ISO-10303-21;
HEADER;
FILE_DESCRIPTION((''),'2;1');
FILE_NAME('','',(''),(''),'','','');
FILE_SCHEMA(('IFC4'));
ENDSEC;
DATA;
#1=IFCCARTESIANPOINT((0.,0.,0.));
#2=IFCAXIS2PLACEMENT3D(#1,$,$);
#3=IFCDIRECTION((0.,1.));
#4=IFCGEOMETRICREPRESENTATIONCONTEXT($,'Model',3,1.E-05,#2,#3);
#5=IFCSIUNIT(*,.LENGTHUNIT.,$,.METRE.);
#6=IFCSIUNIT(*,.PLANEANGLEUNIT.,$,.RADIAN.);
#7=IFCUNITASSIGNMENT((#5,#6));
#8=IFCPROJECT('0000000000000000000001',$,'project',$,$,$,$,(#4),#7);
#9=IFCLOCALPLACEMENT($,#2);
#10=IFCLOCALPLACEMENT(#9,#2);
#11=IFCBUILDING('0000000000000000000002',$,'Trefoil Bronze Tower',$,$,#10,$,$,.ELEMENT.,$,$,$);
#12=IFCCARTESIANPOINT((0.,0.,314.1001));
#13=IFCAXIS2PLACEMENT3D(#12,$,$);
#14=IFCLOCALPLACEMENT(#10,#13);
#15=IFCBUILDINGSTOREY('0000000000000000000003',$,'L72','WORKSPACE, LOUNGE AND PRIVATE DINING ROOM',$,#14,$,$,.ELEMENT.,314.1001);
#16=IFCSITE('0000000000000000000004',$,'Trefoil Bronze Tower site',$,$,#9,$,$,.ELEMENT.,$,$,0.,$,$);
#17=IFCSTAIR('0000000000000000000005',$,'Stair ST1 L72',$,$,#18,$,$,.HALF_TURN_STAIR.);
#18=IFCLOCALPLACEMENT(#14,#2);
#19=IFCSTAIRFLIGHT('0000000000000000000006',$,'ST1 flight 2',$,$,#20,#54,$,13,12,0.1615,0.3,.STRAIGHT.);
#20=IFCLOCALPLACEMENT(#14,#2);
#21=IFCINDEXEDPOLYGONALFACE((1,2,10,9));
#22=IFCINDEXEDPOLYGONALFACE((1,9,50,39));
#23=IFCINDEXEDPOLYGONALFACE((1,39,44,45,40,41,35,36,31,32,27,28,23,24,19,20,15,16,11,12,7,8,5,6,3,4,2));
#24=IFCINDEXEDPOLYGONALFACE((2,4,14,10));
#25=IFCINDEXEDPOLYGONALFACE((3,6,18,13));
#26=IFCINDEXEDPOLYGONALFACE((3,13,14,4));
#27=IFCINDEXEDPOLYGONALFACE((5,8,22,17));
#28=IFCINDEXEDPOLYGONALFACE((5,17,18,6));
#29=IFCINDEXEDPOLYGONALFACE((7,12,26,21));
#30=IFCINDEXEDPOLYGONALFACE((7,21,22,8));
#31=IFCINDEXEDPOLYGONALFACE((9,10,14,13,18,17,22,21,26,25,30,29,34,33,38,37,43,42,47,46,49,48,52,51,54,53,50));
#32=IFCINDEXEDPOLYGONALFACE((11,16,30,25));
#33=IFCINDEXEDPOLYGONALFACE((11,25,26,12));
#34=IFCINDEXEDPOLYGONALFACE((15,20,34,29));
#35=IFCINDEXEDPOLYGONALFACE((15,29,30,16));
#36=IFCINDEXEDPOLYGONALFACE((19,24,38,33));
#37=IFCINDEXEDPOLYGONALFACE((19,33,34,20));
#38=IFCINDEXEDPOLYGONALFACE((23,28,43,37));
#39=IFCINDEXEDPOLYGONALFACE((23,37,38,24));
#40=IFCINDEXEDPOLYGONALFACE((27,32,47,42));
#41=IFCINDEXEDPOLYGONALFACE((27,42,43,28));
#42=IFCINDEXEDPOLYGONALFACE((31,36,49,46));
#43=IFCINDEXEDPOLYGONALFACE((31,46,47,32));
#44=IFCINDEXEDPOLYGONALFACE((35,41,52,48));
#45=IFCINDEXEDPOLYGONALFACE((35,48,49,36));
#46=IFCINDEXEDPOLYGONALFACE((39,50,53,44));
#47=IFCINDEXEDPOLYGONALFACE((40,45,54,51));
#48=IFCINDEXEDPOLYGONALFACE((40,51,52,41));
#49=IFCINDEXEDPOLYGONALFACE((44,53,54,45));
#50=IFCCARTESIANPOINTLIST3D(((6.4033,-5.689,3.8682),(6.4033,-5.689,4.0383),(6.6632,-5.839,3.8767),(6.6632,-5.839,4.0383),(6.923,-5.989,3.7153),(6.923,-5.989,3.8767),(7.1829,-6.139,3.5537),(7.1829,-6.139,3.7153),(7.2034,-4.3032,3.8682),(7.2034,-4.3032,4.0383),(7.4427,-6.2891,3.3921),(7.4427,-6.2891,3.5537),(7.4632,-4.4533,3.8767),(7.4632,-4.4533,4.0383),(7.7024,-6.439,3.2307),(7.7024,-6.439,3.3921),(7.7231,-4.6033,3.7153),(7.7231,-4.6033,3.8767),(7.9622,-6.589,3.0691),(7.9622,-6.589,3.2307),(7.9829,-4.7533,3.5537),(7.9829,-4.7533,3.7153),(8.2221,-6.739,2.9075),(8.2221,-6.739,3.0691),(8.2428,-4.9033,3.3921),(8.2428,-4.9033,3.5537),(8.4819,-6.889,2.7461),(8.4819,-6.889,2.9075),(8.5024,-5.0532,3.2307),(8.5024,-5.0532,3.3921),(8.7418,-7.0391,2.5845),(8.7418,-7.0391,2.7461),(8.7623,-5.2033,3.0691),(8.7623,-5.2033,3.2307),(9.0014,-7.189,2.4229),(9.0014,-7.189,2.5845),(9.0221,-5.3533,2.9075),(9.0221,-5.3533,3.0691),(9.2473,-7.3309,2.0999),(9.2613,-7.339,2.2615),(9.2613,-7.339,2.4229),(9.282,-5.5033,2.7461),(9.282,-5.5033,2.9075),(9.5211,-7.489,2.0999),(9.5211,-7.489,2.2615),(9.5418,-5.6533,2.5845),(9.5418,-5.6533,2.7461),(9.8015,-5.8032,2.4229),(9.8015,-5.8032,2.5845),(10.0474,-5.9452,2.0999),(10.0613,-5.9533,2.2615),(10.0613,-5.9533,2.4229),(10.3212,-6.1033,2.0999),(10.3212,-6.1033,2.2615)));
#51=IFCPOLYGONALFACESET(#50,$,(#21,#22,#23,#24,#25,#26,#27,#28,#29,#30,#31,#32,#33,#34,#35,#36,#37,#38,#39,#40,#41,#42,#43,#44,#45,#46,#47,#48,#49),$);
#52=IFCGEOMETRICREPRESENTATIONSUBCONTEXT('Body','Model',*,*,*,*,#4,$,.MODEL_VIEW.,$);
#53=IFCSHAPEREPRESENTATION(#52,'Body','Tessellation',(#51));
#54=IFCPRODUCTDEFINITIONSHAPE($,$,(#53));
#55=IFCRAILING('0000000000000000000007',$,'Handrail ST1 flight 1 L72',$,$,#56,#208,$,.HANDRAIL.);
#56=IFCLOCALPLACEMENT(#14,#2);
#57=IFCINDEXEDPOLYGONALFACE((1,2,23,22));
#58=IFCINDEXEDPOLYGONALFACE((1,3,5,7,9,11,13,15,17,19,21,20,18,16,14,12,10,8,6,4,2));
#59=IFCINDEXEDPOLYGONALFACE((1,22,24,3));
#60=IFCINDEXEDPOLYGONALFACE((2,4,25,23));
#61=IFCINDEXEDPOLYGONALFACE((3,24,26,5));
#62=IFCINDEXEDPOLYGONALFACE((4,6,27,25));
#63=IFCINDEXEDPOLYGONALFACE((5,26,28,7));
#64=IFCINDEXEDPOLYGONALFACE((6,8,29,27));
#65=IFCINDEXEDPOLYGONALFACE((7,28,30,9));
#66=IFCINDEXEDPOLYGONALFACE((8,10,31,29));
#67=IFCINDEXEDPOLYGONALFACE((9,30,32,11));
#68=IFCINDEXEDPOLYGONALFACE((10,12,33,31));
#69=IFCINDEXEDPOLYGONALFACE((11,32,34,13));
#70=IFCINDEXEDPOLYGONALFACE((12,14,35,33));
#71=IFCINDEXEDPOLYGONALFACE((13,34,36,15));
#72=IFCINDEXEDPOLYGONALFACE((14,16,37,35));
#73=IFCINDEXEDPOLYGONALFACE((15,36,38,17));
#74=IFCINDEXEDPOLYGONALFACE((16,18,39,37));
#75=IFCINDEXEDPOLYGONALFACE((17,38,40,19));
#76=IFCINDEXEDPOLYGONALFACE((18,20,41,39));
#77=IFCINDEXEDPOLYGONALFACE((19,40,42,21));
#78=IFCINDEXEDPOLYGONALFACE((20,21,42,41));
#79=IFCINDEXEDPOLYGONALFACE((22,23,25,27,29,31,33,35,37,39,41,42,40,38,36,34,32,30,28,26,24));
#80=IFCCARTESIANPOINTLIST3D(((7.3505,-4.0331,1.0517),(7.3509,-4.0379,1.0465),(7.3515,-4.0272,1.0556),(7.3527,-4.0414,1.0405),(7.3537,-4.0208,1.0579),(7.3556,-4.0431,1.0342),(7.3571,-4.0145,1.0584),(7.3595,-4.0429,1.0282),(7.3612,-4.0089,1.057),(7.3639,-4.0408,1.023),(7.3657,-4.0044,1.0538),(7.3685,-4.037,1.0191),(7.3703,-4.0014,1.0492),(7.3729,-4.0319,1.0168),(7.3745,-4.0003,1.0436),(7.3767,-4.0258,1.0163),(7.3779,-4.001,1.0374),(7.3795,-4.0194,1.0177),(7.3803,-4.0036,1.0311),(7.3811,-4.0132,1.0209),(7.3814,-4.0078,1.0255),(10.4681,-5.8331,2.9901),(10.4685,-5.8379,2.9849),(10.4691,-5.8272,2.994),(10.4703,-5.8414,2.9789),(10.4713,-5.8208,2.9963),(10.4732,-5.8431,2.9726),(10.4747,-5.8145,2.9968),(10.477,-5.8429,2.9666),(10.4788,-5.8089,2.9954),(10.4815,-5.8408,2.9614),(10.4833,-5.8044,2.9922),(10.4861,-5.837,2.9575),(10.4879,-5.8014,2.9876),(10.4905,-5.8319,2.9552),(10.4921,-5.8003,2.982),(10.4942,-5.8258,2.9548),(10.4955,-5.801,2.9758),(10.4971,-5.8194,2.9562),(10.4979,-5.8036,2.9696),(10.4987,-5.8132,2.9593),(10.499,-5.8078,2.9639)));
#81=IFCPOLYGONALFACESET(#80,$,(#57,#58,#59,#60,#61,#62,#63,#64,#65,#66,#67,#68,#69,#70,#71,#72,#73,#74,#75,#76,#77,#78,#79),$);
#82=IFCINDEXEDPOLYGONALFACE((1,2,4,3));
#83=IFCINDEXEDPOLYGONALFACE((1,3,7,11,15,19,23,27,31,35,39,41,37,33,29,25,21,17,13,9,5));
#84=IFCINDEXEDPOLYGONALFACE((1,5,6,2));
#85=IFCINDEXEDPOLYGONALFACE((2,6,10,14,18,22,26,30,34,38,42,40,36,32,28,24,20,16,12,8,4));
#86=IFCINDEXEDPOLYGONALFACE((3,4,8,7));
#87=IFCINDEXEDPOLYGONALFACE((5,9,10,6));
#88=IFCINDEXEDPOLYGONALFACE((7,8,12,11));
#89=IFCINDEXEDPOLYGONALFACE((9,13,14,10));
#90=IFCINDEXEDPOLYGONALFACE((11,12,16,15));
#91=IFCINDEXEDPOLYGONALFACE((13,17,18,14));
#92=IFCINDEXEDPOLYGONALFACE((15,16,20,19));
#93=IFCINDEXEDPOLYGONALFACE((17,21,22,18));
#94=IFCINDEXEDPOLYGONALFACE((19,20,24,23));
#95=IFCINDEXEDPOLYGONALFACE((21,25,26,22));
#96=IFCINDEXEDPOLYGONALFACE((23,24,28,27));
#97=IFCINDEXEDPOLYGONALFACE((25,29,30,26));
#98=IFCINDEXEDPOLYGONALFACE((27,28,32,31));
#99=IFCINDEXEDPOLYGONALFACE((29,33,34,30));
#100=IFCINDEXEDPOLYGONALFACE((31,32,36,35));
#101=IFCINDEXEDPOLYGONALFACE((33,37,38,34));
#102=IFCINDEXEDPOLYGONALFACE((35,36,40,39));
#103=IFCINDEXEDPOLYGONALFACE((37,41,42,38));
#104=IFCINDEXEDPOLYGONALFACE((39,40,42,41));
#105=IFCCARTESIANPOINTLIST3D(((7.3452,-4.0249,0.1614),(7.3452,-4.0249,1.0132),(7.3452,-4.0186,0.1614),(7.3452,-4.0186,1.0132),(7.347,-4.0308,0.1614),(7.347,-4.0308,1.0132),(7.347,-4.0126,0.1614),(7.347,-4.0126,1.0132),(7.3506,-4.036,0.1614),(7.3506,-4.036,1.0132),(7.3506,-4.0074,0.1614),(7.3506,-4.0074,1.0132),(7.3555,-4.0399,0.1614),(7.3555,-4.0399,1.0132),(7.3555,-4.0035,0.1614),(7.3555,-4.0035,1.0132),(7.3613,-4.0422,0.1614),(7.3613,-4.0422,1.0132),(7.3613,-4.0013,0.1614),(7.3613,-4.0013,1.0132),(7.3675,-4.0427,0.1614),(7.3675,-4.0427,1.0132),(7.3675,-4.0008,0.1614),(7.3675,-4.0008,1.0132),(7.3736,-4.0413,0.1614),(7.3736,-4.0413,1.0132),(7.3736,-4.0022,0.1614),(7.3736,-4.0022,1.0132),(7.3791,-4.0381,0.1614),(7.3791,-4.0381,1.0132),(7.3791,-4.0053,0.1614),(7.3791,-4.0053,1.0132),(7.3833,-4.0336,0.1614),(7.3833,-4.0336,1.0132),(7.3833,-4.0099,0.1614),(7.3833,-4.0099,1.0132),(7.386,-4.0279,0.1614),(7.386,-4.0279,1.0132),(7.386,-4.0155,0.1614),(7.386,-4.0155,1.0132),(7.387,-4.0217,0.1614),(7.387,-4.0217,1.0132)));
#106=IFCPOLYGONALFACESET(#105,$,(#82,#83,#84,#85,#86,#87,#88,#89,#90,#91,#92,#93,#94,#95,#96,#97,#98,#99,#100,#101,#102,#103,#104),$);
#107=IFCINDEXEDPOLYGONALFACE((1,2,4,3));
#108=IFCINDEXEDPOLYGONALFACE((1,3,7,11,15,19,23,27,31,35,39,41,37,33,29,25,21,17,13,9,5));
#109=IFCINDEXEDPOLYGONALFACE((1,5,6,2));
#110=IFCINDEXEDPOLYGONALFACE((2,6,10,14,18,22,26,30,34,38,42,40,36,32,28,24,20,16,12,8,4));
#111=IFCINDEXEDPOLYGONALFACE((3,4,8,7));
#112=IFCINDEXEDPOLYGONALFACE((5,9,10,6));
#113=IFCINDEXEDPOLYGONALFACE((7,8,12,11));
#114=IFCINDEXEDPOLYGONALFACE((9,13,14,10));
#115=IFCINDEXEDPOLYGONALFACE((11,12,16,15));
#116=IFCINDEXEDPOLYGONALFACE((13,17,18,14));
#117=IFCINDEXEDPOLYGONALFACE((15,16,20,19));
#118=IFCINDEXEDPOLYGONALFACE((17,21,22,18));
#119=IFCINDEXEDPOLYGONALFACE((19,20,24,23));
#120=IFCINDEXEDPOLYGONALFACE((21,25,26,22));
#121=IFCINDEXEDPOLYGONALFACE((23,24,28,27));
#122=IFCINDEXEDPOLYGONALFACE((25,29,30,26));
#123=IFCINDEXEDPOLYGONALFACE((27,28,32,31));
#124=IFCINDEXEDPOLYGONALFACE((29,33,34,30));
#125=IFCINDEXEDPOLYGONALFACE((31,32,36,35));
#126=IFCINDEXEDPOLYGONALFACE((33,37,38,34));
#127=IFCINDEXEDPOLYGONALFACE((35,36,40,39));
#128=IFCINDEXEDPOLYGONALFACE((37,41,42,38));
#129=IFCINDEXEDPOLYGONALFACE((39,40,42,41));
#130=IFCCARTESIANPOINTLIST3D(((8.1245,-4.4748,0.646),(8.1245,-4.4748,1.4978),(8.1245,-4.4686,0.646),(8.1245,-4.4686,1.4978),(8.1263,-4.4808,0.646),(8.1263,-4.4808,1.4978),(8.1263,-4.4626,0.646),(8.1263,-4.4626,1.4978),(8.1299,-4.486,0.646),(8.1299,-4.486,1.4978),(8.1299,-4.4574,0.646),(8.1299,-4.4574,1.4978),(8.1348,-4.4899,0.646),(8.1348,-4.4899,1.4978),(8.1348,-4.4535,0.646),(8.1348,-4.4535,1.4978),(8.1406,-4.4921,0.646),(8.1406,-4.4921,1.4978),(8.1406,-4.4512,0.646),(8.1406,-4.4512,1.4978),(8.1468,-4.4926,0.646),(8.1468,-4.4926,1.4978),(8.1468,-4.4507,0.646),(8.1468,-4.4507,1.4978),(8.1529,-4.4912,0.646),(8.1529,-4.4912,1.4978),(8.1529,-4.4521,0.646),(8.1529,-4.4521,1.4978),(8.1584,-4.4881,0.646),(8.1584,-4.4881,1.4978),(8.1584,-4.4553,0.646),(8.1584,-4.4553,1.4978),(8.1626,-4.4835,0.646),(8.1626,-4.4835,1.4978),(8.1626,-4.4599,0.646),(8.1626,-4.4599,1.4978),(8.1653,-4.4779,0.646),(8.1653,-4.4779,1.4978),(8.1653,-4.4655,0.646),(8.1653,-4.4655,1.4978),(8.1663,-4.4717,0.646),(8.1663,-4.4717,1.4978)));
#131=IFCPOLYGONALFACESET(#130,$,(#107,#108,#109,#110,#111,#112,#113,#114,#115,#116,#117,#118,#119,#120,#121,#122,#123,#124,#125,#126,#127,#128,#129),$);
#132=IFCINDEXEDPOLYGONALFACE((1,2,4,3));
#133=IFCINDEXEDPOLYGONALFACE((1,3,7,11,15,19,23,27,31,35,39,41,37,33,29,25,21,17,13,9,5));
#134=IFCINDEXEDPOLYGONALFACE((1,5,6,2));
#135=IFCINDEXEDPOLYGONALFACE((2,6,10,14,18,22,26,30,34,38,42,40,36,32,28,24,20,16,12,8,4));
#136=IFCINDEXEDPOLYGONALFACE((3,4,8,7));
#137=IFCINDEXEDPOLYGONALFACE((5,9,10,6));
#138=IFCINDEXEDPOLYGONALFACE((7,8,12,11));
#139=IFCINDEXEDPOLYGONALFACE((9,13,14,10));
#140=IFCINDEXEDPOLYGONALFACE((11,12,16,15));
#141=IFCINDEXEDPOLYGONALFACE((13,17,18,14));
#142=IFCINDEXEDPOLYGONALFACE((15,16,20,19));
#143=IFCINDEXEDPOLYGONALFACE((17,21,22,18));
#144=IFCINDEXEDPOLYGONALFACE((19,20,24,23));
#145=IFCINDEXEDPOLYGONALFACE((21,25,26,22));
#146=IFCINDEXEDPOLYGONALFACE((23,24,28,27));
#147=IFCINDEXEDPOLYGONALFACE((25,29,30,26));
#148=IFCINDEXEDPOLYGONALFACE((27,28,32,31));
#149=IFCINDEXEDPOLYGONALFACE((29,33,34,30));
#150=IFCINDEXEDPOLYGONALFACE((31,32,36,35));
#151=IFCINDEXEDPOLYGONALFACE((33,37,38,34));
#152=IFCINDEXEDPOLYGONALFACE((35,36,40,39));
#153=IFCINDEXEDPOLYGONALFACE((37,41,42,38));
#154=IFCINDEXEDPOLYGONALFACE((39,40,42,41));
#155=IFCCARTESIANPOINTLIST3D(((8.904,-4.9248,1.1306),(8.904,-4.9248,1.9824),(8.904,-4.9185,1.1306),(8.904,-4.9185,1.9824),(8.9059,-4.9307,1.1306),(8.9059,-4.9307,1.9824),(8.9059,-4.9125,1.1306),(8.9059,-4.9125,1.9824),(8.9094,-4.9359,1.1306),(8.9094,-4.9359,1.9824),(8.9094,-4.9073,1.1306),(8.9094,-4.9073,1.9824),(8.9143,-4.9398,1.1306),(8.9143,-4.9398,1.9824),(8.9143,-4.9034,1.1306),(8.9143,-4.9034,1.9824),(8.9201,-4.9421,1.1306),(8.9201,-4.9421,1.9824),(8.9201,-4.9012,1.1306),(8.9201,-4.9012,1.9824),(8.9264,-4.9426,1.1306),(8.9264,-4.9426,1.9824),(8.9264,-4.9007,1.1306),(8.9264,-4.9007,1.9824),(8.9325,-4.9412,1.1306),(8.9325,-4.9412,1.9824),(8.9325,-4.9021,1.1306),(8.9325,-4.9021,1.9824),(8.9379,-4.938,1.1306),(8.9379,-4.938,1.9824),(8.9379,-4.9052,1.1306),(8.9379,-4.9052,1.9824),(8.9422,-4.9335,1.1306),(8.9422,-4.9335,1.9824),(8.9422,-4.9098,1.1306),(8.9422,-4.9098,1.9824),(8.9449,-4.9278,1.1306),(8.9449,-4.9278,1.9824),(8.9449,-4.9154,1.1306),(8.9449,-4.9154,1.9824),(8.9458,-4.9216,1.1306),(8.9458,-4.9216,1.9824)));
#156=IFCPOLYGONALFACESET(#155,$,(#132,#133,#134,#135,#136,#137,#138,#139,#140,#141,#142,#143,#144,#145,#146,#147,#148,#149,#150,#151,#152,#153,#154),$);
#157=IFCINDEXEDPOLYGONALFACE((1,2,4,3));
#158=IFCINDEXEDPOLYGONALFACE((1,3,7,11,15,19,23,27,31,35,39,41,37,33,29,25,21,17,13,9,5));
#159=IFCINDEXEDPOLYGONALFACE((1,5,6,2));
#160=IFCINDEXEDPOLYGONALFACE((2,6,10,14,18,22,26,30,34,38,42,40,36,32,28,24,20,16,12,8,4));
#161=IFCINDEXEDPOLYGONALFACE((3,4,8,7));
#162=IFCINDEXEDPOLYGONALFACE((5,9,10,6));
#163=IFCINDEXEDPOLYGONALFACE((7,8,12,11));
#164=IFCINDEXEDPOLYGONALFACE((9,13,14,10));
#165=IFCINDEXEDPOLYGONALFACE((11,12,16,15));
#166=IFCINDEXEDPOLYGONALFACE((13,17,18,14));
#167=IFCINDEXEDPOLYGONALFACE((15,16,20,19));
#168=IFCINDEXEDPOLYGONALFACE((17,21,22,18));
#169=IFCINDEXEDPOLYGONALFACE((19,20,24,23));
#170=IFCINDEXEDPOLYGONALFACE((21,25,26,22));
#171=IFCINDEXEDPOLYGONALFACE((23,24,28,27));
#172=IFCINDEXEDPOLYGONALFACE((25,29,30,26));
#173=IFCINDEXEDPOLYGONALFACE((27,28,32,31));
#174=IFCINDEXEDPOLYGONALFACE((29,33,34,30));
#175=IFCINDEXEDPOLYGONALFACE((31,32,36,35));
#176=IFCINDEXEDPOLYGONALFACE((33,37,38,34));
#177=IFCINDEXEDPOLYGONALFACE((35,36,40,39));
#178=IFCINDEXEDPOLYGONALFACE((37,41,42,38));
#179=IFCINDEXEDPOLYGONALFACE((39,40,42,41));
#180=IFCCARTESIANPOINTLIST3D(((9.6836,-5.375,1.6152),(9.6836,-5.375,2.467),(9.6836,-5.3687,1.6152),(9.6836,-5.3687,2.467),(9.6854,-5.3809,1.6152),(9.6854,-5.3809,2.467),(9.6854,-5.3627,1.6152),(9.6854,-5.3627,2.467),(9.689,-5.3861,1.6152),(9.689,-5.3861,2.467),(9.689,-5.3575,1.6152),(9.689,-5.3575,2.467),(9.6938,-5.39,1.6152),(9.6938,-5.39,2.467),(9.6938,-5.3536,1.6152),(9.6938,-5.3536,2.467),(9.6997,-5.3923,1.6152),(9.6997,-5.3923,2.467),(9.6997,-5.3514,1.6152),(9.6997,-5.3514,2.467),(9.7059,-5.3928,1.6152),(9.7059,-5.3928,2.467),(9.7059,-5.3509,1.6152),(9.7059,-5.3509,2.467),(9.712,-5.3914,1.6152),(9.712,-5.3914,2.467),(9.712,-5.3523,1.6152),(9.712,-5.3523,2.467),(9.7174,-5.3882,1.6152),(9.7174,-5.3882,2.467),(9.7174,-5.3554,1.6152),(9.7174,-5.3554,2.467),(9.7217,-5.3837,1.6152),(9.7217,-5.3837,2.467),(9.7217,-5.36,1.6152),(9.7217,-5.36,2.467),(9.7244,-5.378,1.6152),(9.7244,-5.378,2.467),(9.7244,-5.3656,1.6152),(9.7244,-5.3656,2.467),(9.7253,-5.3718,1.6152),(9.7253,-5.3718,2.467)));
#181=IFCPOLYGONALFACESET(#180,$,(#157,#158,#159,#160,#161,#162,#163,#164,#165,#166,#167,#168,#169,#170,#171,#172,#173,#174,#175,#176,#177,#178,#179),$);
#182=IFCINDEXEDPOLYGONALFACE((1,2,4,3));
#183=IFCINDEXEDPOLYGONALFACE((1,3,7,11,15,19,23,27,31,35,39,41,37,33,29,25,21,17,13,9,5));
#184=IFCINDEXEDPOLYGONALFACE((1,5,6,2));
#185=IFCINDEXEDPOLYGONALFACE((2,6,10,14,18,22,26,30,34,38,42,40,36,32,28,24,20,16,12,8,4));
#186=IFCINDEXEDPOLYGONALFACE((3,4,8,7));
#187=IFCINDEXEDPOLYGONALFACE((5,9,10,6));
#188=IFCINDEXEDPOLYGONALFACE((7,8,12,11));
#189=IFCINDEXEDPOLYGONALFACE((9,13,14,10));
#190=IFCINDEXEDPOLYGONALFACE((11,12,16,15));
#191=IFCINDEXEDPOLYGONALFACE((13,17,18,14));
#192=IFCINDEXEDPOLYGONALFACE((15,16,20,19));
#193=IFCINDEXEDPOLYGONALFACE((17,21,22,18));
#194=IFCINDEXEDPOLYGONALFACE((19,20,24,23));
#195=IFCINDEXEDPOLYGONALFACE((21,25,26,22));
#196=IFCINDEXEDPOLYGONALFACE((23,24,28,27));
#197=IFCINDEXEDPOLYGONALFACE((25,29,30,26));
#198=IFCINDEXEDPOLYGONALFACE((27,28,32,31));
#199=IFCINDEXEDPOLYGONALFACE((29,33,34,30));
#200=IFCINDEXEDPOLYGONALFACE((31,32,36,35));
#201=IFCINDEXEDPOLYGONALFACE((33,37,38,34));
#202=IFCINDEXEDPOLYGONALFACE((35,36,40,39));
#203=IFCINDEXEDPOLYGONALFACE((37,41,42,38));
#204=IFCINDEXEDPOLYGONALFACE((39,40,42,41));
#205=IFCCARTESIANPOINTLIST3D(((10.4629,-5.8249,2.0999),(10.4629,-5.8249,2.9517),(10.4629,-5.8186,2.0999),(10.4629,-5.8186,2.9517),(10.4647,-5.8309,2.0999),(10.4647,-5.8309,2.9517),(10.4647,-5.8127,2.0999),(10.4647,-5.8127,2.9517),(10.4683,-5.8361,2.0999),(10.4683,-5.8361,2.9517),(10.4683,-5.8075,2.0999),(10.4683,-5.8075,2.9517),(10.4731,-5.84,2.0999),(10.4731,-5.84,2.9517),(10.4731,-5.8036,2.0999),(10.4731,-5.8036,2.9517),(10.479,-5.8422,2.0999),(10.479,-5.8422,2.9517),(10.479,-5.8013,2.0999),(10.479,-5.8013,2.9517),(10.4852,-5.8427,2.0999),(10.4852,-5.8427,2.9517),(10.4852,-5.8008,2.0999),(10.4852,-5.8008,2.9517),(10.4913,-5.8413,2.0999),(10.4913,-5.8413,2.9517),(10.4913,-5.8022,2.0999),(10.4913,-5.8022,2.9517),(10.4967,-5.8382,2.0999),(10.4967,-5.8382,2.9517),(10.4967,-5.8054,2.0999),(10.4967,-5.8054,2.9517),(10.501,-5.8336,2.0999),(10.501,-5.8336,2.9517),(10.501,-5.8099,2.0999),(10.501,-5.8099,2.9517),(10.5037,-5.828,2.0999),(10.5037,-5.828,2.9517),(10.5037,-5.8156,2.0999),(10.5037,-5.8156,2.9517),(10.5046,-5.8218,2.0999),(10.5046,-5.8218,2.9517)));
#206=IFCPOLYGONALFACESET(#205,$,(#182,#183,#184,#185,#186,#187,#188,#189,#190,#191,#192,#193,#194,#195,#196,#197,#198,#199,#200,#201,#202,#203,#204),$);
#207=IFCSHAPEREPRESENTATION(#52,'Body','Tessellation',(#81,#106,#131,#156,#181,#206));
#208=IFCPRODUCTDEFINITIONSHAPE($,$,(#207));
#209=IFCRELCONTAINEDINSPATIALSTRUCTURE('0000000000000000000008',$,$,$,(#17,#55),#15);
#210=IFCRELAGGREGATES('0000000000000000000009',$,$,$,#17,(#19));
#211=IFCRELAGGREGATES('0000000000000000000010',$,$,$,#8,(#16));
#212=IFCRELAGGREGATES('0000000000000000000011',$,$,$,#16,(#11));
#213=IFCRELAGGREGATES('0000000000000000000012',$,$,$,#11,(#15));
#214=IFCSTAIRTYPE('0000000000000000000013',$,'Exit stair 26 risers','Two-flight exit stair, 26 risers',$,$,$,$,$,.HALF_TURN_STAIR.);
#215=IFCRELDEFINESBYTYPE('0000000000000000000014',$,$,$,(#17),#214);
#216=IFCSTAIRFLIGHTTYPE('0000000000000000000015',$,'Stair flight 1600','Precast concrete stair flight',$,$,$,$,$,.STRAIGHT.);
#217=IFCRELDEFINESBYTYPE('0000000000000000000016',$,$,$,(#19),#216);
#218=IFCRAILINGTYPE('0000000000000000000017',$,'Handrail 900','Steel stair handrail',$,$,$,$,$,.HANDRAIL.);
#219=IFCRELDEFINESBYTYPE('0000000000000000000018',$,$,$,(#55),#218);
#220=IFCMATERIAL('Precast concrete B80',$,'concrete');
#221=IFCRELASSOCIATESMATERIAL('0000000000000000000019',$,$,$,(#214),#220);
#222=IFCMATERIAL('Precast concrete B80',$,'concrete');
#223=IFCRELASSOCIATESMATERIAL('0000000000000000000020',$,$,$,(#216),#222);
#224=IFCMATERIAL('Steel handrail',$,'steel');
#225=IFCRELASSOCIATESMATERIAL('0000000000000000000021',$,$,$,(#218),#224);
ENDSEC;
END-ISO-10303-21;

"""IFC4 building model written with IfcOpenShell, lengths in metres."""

from ifc_helpers import new_model, si_unit, direction, frame, origin, origin_2d, place, context, subcontext, project, spatial, polyline, circle, outline, extrude, material, type_object, element, aggregate, save


model = new_model("IFC4")

# Units and contexts
model_context = context("Model", 3, precision=1e-05, world=origin(), true_north=direction((0.0, 1.0)))
body_context = subcontext(model_context, "Body", "Model", "MODEL_VIEW")
ifc_project = project(units=[si_unit("LENGTHUNIT", "METRE"), si_unit("PLANEANGLEUNIT", "RADIAN")], contexts=[model_context])

# Site, building, storey
site_placement = place(None, origin())
site = spatial("IfcSite", under=ifc_project, at=site_placement, Name="Trefoil Bronze Tower site", CompositionType="ELEMENT", RefElevation=0.0)
building_placement = place(site_placement, origin())
building = spatial("IfcBuilding", under=site, at=building_placement, Name="Trefoil Bronze Tower", CompositionType="ELEMENT")
storey_placement = place(building_placement, frame((0.0, 0.0, 314.1001)))
storey = spatial("IfcBuildingStorey", under=building, at=storey_placement, Name="L72", Description="WORKSPACE, LOUNGE AND PRIVATE DINING ROOM", CompositionType="ELEMENT", Elevation=314.1001)

# Stair
ifc_material_1 = material(Name="Precast concrete B80", Category="concrete")
stair_type = type_object("IfcStairType", Name="Exit stair 26 risers", Description="Two-flight exit stair, 26 risers", PredefinedType="HALF_TURN_STAIR", material=ifc_material_1)
stair_1_placement = place(storey_placement, origin())
stair_1 = element("IfcStair", 1, at=stair_1_placement, inside=storey, type_object=stair_type, Name="Stair ST1 L72", PredefinedType="HALF_TURN_STAIR")

# Stair flight
ifc_material_2 = material(Name="Precast concrete B80", Category="concrete")
stair_flight_type = type_object("IfcStairFlightType", Name="Stair flight 1600", Description="Precast concrete stair flight", PredefinedType="STRAIGHT", material=ifc_material_2)
stair_flight_1_placement = place(storey_placement, frame((9.9211, -6.7961, 2.0999), z_axis=(0.0, 0.0, 1.0), x_axis=(-0.866025, 0.5, 0.0)))
stair_flight_1 = element("IfcStairFlight", 2, at=stair_flight_1_placement, type_object=stair_flight_type, Name="ST1 flight 2", NumberOfRisers=13, NumberOfTreads=12, PredefinedType="STRAIGHT", RiserHeight=0.1615, TreadLength=0.3, context=body_context, shape_type="SweptSolid", body=[
    extrude(outline(polyline([(0.0, 0.0), (0.0, 0.1616), (0.3, 0.1616), (0.3, 0.323), (0.6001, 0.323), (0.6001, 0.4846), (0.8999, 0.4846), (0.8999, 0.6462), (1.2, 0.6462), (1.2, 0.8076), (1.5, 0.8076), (1.5, 0.9692), (1.8, 0.9692), (1.8, 1.1309), (2.1001, 1.1309), (2.1001, 1.2922), (2.3999, 1.2922), (2.3999, 1.4539), (2.7, 1.4539), (2.7, 1.6155), (3.0, 1.6155), (3.0, 1.7769), (3.3, 1.7769), (3.3, 1.9385), (3.6001, 1.9385), (3.6001, 2.1001), (3.6001, 1.7683), (0.3162, 0.0), (0.0, 0.0)])), frame((0.0, 0.8, 0.0), z_axis=(0.0, -1.0, 0.0), x_axis=(1.0, 0.0, 0.0)), (0.0, 0.0, 1.0), 1.6001),
])
aggregate(stair_1, [stair_flight_1])

# Railing
ifc_material_3 = material(Name="Steel handrail", Category="steel")
railing_type = type_object("IfcRailingType", Name="Handrail 900", Description="Steel stair handrail", PredefinedType="HANDRAIL", material=ifc_material_3)
railing_1_placement = place(storey_placement, frame((7.366, -4.0217, 0.1614)))
element("IfcRailing", 3, at=railing_1_placement, inside=storey, type_object=railing_type, Name="Handrail ST1 flight 1 L72", PredefinedType="HANDRAIL", context=body_context, shape_type="SweptSolid", body=[
    extrude(circle(Radius=0.0239, at=origin_2d()), frame((0.0, 0.0, 0.876), z_axis=(0.762503, -0.440246, 0.474102), x_axis=(0.500012, 0.866018, 0.0)), (0.0, 0.0, 1.0), 4.0886),
    extrude(circle(Radius=0.021, at=origin_2d()), origin(), (0.0, 0.0, 1.0), 0.8518),
    extrude(circle(Radius=0.021, at=origin_2d()), frame((0.7793, -0.45, 0.4846)), (0.0, 0.0, 1.0), 0.8518),
    extrude(circle(Radius=0.021, at=origin_2d()), frame((1.5588, -0.8999, 0.9692)), (0.0, 0.0, 1.0), 0.8518),
    extrude(circle(Radius=0.021, at=origin_2d()), frame((2.3384, -1.3501, 1.4539)), (0.0, 0.0, 1.0), 0.8518),
    extrude(circle(Radius=0.021, at=origin_2d()), frame((3.1177, -1.8, 1.9385)), (0.0, 0.0, 1.0), 0.8518),
])

save(model, "model.ifc")
